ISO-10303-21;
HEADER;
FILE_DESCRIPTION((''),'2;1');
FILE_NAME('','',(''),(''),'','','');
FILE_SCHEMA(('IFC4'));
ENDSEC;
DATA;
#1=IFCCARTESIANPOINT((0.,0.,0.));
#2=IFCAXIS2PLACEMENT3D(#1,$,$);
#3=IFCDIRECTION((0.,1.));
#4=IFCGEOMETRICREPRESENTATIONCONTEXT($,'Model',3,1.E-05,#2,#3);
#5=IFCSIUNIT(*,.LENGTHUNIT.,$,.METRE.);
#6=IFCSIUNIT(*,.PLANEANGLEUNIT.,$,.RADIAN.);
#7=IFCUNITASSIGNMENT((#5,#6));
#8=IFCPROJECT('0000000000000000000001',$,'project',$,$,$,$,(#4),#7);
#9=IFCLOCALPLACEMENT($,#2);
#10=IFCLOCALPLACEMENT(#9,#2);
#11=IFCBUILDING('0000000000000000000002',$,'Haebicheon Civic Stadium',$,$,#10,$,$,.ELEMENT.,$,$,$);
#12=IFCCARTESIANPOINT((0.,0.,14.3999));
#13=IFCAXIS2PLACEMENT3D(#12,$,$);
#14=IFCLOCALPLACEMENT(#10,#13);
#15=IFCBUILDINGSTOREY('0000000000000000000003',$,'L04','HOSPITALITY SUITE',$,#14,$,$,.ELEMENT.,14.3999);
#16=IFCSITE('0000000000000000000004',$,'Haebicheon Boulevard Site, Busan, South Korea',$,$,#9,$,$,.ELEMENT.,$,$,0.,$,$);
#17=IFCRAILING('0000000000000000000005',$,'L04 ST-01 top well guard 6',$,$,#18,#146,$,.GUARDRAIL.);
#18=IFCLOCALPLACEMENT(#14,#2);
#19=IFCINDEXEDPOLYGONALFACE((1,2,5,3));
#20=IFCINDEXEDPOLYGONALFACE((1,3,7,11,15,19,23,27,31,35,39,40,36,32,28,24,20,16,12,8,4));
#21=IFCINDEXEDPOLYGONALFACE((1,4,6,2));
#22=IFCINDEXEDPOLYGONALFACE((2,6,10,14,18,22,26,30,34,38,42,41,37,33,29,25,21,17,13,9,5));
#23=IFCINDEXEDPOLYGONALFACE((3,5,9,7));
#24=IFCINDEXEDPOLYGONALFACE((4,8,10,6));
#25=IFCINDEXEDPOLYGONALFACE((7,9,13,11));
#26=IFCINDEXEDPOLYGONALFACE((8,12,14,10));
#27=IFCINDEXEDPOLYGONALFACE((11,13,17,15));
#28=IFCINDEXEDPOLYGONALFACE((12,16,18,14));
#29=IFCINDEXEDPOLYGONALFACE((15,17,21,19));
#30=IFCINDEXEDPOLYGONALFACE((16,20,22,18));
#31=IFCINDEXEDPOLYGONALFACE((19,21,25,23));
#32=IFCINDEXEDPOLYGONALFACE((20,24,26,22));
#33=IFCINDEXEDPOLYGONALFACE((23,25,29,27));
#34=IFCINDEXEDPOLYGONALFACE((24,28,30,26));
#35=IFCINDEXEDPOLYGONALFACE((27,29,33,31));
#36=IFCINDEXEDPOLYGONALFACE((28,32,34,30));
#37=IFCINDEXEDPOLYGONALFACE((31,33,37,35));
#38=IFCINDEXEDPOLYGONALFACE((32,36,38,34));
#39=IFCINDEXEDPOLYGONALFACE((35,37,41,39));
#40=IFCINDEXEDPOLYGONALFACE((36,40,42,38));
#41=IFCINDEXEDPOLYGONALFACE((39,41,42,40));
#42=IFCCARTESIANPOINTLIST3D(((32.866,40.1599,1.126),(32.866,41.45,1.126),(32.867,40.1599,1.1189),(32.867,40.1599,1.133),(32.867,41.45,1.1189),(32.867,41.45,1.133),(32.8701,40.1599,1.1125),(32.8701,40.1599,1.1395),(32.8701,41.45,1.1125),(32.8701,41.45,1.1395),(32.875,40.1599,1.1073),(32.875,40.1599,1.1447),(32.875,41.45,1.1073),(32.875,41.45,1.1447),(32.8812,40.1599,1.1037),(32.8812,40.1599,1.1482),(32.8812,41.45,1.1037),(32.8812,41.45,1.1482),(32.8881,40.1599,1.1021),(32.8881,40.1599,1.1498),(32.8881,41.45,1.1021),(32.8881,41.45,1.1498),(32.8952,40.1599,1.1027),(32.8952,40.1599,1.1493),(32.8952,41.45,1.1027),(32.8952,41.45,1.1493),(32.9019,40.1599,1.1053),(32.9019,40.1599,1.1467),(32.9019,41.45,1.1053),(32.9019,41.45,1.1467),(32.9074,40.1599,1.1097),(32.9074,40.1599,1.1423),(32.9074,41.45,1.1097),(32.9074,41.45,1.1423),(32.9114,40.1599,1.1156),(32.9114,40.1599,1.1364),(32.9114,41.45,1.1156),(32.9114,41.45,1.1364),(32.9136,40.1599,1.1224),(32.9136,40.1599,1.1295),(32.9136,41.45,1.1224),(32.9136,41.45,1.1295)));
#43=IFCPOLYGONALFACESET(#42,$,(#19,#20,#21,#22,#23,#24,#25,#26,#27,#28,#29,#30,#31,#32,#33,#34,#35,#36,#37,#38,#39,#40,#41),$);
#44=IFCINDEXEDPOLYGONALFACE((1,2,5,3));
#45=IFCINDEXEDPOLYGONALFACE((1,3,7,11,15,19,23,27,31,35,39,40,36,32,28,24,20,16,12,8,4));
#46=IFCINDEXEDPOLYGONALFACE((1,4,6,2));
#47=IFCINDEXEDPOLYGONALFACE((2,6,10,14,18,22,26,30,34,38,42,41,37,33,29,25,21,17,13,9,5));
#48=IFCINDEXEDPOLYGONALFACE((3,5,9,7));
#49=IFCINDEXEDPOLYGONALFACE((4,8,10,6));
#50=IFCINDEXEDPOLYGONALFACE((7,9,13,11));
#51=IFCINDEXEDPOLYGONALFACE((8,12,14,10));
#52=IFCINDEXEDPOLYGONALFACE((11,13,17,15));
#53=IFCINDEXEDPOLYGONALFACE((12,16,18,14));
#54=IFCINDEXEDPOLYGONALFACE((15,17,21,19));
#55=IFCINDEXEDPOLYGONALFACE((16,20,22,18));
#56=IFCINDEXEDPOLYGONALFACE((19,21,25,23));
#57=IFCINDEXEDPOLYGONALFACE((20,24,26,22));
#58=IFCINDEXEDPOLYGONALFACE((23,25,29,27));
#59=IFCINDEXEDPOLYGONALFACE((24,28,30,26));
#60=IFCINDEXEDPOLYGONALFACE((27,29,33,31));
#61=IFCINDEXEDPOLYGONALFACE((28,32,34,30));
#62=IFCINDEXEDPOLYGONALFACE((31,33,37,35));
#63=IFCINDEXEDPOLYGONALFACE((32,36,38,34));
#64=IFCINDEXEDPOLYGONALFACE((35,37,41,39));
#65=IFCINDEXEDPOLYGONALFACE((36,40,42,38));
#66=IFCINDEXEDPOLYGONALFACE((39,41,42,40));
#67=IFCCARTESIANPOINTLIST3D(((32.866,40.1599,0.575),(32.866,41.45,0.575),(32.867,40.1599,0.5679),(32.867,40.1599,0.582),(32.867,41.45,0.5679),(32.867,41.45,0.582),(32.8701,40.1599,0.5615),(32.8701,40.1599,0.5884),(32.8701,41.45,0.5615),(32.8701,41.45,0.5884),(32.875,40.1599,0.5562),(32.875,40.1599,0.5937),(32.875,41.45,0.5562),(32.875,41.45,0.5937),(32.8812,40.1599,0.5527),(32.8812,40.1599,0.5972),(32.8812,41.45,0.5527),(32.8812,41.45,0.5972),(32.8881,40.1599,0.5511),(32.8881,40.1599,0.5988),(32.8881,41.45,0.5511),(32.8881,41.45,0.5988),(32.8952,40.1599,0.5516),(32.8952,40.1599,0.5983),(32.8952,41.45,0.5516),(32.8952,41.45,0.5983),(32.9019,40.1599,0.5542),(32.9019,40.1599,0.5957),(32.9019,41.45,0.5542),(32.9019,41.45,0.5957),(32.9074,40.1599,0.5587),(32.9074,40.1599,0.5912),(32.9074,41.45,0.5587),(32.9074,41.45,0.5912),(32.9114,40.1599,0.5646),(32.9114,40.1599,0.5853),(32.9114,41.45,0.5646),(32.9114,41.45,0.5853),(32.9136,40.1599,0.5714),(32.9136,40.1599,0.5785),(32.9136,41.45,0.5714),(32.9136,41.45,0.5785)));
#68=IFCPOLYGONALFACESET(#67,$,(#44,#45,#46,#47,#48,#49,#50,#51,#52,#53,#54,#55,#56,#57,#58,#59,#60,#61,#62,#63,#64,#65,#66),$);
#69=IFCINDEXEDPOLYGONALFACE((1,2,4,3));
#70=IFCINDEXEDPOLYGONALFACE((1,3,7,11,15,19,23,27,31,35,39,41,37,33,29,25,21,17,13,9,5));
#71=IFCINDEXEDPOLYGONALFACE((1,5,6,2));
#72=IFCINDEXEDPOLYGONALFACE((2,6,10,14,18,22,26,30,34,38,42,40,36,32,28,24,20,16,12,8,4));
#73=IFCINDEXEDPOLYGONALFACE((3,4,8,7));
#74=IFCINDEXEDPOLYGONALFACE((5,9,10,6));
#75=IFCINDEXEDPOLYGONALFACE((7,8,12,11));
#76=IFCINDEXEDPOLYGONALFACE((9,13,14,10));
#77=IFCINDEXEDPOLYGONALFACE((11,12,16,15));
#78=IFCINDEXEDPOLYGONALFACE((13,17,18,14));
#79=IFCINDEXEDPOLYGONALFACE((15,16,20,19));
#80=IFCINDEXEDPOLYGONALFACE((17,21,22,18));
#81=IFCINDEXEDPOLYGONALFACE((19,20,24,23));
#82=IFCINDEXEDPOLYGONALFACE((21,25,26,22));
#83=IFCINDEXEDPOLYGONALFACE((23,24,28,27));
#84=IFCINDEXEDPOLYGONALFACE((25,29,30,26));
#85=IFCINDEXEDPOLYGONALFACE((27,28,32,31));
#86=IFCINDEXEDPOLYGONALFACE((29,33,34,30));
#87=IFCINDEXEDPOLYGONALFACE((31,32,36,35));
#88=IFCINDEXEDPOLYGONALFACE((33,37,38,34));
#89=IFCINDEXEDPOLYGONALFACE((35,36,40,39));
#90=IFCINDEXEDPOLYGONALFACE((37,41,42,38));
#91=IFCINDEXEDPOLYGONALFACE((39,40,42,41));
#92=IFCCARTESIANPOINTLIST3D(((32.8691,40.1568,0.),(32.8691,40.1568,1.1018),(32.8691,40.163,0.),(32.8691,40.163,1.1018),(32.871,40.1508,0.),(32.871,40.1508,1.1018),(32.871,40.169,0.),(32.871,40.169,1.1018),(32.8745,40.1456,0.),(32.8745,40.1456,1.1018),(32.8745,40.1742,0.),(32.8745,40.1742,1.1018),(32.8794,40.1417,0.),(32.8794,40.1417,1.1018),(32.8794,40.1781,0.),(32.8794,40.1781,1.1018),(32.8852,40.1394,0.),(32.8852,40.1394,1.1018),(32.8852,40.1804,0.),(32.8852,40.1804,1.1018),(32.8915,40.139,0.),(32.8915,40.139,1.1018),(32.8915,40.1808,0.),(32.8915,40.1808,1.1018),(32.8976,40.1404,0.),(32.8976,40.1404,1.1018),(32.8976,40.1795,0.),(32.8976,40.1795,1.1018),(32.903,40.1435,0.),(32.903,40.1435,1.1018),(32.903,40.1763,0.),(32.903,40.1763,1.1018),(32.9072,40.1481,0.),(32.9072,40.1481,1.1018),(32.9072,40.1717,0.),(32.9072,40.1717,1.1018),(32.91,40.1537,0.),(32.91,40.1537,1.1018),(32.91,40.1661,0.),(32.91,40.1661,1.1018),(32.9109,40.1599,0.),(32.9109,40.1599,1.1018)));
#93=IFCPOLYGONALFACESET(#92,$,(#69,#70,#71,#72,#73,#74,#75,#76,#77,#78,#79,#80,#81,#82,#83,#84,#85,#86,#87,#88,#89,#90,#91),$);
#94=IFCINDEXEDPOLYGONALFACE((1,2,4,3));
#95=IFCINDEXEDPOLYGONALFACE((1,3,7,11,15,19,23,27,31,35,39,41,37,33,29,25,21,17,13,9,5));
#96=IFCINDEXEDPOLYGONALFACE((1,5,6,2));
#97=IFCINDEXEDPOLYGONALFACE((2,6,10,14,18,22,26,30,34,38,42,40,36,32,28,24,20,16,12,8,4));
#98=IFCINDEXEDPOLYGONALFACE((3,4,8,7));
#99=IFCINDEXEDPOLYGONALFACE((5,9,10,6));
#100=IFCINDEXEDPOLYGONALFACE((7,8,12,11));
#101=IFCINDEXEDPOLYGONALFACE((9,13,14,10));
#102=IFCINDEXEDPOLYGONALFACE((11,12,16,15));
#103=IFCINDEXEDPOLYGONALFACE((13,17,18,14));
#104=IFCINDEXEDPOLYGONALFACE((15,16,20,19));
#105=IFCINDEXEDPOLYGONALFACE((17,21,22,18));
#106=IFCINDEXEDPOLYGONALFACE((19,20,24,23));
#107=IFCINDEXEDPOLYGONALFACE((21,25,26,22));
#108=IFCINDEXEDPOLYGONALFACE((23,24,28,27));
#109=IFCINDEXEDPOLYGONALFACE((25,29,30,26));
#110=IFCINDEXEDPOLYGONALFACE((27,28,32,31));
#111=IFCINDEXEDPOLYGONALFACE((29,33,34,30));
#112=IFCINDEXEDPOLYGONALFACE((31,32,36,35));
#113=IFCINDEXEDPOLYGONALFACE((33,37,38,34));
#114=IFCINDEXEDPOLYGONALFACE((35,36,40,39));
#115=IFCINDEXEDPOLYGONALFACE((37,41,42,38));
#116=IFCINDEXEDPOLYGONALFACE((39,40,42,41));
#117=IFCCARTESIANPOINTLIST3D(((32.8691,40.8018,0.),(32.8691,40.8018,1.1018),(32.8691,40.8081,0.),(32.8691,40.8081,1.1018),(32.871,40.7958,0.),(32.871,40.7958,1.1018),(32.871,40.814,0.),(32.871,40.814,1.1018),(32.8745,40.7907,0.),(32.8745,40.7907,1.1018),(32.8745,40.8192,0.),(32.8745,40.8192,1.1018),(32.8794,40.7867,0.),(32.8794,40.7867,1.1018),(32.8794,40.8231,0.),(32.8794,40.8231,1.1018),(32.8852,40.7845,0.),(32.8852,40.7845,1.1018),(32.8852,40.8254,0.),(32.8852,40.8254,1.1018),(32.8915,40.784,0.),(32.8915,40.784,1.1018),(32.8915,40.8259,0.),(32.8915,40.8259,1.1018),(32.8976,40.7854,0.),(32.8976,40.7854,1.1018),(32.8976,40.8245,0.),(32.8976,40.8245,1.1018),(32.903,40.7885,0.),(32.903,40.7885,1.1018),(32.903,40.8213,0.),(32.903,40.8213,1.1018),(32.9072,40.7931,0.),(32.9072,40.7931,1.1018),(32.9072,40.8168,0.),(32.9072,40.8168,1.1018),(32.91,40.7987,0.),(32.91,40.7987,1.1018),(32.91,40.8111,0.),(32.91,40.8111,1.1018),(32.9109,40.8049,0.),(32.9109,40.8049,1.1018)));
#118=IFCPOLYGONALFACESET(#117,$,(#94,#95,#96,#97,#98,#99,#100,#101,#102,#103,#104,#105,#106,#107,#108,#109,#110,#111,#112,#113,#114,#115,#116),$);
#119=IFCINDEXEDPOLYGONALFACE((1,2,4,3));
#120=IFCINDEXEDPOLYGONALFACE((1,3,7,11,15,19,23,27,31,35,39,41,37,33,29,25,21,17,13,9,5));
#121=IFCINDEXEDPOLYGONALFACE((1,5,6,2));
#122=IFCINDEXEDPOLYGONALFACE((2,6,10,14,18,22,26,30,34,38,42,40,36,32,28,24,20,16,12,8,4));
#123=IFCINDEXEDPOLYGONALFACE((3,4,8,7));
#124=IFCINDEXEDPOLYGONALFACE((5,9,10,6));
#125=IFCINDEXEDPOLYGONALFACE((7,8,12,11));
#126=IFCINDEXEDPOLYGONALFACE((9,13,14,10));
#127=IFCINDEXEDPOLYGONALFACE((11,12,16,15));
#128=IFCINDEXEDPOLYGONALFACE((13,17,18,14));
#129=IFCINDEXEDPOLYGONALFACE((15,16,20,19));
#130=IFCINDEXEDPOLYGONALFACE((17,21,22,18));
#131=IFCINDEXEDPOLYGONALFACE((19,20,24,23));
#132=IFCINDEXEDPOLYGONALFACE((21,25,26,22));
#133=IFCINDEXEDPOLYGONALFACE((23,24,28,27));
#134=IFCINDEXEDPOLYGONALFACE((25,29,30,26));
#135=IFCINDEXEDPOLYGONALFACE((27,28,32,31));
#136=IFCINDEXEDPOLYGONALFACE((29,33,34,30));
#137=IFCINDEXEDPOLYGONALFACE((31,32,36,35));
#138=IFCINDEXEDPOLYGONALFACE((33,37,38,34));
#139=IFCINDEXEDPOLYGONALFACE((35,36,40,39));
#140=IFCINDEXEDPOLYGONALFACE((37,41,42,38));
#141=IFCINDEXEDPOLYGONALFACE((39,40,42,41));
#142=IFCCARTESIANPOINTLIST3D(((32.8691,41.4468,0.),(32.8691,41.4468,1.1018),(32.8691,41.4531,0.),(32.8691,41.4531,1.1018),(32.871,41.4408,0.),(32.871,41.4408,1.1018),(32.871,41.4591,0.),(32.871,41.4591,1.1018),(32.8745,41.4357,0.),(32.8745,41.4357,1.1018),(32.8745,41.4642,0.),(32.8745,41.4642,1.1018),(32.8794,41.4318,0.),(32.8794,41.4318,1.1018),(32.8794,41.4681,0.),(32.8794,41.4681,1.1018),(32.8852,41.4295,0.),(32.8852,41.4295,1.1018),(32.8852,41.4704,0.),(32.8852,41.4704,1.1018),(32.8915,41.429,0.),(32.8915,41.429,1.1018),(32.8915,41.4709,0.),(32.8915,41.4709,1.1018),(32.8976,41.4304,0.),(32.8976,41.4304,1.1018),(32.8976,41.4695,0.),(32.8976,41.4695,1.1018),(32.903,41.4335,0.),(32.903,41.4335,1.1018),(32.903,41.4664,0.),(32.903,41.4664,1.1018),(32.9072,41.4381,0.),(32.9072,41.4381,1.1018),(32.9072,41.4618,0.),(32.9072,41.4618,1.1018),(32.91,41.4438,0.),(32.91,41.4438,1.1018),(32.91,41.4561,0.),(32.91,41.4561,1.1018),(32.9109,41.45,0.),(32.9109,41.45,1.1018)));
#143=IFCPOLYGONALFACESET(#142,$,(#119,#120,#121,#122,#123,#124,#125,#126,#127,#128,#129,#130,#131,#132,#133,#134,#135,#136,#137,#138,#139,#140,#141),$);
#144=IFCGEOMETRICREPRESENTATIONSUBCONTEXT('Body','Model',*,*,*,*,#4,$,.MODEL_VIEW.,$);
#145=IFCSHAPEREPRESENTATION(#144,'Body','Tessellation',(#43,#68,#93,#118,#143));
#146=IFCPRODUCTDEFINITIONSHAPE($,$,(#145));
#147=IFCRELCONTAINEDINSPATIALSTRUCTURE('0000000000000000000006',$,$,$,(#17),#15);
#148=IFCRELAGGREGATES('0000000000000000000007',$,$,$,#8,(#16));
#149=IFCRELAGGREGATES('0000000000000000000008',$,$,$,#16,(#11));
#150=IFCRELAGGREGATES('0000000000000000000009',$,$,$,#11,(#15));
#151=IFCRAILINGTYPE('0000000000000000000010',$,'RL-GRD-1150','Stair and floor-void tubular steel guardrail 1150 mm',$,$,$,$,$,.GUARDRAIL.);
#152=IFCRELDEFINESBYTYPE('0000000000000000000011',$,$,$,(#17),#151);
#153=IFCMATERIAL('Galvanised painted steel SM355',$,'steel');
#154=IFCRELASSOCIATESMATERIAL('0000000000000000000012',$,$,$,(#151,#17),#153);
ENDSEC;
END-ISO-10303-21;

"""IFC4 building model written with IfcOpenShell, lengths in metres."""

from ifc_helpers import new_model, si_unit, direction, frame, origin, origin_2d, place, context, subcontext, project, spatial, circle, extrude, material, type_object, element, save


model = new_model("IFC4")

# Units and contexts
model_context = context("Model", 3, precision=1e-05, world=origin(), true_north=direction((0.0, 1.0)))
body_context = subcontext(model_context, "Body", "Model", "MODEL_VIEW")
ifc_project = project(units=[si_unit("LENGTHUNIT", "METRE"), si_unit("PLANEANGLEUNIT", "RADIAN")], contexts=[model_context])

# Site, building, storey
site_placement = place(None, origin())
site = spatial("IfcSite", under=ifc_project, at=site_placement, Name="Haebicheon Boulevard Site, Busan, South Korea", CompositionType="ELEMENT", RefElevation=0.0)
building_placement = place(site_placement, origin())
building = spatial("IfcBuilding", under=site, at=building_placement, Name="Haebicheon Civic Stadium", CompositionType="ELEMENT")
storey_placement = place(building_placement, frame((0.0, 0.0, 14.3999)))
storey = spatial("IfcBuildingStorey", under=building, at=storey_placement, Name="L04", Description="HOSPITALITY SUITE", CompositionType="ELEMENT", Elevation=14.3999)

# Railing
ifc_material_1 = material(Name="Galvanised painted steel SM355", Category="steel")
railing_type = type_object("IfcRailingType", Name="RL-GRD-1150", Description="Stair and floor-void tubular steel guardrail 1150 mm", PredefinedType="GUARDRAIL", material=ifc_material_1)
for number, where, name in (
    (1, (32.8899, 40.1599, 0.0), "L04 ST-01 top well guard 6"),
):
    element("IfcRailing", number, at=place(storey_placement, frame(where)), inside=storey, type_object=railing_type, material=ifc_material_1, Name=name, PredefinedType="GUARDRAIL", context=body_context, shape_type="SweptSolid", body=[
        extrude(circle(Radius=0.0239, at=origin_2d()), frame((0.0, 0.0, 1.126), z_axis=(0.0, 1.0, 0.0), x_axis=(-1.0, 0.0, 0.0)), (0.0, 0.0, 1.0), 1.29),
        extrude(circle(Radius=0.0239, at=origin_2d()), frame((0.0, 0.0, 0.575), z_axis=(0.0, 1.0, 0.0), x_axis=(-1.0, 0.0, 0.0)), (0.0, 0.0, 1.0), 1.29),
        extrude(circle(Radius=0.021, at=origin_2d()), origin(), (0.0, 0.0, 1.0), 1.1018),
        extrude(circle(Radius=0.021, at=origin_2d()), frame((0.0, 0.645, 0.0)), (0.0, 0.0, 1.0), 1.1018),
        extrude(circle(Radius=0.021, at=origin_2d()), frame((0.0, 1.29, 0.0)), (0.0, 0.0, 1.0), 1.1018),
    ])

save(model, "model.ifc")
